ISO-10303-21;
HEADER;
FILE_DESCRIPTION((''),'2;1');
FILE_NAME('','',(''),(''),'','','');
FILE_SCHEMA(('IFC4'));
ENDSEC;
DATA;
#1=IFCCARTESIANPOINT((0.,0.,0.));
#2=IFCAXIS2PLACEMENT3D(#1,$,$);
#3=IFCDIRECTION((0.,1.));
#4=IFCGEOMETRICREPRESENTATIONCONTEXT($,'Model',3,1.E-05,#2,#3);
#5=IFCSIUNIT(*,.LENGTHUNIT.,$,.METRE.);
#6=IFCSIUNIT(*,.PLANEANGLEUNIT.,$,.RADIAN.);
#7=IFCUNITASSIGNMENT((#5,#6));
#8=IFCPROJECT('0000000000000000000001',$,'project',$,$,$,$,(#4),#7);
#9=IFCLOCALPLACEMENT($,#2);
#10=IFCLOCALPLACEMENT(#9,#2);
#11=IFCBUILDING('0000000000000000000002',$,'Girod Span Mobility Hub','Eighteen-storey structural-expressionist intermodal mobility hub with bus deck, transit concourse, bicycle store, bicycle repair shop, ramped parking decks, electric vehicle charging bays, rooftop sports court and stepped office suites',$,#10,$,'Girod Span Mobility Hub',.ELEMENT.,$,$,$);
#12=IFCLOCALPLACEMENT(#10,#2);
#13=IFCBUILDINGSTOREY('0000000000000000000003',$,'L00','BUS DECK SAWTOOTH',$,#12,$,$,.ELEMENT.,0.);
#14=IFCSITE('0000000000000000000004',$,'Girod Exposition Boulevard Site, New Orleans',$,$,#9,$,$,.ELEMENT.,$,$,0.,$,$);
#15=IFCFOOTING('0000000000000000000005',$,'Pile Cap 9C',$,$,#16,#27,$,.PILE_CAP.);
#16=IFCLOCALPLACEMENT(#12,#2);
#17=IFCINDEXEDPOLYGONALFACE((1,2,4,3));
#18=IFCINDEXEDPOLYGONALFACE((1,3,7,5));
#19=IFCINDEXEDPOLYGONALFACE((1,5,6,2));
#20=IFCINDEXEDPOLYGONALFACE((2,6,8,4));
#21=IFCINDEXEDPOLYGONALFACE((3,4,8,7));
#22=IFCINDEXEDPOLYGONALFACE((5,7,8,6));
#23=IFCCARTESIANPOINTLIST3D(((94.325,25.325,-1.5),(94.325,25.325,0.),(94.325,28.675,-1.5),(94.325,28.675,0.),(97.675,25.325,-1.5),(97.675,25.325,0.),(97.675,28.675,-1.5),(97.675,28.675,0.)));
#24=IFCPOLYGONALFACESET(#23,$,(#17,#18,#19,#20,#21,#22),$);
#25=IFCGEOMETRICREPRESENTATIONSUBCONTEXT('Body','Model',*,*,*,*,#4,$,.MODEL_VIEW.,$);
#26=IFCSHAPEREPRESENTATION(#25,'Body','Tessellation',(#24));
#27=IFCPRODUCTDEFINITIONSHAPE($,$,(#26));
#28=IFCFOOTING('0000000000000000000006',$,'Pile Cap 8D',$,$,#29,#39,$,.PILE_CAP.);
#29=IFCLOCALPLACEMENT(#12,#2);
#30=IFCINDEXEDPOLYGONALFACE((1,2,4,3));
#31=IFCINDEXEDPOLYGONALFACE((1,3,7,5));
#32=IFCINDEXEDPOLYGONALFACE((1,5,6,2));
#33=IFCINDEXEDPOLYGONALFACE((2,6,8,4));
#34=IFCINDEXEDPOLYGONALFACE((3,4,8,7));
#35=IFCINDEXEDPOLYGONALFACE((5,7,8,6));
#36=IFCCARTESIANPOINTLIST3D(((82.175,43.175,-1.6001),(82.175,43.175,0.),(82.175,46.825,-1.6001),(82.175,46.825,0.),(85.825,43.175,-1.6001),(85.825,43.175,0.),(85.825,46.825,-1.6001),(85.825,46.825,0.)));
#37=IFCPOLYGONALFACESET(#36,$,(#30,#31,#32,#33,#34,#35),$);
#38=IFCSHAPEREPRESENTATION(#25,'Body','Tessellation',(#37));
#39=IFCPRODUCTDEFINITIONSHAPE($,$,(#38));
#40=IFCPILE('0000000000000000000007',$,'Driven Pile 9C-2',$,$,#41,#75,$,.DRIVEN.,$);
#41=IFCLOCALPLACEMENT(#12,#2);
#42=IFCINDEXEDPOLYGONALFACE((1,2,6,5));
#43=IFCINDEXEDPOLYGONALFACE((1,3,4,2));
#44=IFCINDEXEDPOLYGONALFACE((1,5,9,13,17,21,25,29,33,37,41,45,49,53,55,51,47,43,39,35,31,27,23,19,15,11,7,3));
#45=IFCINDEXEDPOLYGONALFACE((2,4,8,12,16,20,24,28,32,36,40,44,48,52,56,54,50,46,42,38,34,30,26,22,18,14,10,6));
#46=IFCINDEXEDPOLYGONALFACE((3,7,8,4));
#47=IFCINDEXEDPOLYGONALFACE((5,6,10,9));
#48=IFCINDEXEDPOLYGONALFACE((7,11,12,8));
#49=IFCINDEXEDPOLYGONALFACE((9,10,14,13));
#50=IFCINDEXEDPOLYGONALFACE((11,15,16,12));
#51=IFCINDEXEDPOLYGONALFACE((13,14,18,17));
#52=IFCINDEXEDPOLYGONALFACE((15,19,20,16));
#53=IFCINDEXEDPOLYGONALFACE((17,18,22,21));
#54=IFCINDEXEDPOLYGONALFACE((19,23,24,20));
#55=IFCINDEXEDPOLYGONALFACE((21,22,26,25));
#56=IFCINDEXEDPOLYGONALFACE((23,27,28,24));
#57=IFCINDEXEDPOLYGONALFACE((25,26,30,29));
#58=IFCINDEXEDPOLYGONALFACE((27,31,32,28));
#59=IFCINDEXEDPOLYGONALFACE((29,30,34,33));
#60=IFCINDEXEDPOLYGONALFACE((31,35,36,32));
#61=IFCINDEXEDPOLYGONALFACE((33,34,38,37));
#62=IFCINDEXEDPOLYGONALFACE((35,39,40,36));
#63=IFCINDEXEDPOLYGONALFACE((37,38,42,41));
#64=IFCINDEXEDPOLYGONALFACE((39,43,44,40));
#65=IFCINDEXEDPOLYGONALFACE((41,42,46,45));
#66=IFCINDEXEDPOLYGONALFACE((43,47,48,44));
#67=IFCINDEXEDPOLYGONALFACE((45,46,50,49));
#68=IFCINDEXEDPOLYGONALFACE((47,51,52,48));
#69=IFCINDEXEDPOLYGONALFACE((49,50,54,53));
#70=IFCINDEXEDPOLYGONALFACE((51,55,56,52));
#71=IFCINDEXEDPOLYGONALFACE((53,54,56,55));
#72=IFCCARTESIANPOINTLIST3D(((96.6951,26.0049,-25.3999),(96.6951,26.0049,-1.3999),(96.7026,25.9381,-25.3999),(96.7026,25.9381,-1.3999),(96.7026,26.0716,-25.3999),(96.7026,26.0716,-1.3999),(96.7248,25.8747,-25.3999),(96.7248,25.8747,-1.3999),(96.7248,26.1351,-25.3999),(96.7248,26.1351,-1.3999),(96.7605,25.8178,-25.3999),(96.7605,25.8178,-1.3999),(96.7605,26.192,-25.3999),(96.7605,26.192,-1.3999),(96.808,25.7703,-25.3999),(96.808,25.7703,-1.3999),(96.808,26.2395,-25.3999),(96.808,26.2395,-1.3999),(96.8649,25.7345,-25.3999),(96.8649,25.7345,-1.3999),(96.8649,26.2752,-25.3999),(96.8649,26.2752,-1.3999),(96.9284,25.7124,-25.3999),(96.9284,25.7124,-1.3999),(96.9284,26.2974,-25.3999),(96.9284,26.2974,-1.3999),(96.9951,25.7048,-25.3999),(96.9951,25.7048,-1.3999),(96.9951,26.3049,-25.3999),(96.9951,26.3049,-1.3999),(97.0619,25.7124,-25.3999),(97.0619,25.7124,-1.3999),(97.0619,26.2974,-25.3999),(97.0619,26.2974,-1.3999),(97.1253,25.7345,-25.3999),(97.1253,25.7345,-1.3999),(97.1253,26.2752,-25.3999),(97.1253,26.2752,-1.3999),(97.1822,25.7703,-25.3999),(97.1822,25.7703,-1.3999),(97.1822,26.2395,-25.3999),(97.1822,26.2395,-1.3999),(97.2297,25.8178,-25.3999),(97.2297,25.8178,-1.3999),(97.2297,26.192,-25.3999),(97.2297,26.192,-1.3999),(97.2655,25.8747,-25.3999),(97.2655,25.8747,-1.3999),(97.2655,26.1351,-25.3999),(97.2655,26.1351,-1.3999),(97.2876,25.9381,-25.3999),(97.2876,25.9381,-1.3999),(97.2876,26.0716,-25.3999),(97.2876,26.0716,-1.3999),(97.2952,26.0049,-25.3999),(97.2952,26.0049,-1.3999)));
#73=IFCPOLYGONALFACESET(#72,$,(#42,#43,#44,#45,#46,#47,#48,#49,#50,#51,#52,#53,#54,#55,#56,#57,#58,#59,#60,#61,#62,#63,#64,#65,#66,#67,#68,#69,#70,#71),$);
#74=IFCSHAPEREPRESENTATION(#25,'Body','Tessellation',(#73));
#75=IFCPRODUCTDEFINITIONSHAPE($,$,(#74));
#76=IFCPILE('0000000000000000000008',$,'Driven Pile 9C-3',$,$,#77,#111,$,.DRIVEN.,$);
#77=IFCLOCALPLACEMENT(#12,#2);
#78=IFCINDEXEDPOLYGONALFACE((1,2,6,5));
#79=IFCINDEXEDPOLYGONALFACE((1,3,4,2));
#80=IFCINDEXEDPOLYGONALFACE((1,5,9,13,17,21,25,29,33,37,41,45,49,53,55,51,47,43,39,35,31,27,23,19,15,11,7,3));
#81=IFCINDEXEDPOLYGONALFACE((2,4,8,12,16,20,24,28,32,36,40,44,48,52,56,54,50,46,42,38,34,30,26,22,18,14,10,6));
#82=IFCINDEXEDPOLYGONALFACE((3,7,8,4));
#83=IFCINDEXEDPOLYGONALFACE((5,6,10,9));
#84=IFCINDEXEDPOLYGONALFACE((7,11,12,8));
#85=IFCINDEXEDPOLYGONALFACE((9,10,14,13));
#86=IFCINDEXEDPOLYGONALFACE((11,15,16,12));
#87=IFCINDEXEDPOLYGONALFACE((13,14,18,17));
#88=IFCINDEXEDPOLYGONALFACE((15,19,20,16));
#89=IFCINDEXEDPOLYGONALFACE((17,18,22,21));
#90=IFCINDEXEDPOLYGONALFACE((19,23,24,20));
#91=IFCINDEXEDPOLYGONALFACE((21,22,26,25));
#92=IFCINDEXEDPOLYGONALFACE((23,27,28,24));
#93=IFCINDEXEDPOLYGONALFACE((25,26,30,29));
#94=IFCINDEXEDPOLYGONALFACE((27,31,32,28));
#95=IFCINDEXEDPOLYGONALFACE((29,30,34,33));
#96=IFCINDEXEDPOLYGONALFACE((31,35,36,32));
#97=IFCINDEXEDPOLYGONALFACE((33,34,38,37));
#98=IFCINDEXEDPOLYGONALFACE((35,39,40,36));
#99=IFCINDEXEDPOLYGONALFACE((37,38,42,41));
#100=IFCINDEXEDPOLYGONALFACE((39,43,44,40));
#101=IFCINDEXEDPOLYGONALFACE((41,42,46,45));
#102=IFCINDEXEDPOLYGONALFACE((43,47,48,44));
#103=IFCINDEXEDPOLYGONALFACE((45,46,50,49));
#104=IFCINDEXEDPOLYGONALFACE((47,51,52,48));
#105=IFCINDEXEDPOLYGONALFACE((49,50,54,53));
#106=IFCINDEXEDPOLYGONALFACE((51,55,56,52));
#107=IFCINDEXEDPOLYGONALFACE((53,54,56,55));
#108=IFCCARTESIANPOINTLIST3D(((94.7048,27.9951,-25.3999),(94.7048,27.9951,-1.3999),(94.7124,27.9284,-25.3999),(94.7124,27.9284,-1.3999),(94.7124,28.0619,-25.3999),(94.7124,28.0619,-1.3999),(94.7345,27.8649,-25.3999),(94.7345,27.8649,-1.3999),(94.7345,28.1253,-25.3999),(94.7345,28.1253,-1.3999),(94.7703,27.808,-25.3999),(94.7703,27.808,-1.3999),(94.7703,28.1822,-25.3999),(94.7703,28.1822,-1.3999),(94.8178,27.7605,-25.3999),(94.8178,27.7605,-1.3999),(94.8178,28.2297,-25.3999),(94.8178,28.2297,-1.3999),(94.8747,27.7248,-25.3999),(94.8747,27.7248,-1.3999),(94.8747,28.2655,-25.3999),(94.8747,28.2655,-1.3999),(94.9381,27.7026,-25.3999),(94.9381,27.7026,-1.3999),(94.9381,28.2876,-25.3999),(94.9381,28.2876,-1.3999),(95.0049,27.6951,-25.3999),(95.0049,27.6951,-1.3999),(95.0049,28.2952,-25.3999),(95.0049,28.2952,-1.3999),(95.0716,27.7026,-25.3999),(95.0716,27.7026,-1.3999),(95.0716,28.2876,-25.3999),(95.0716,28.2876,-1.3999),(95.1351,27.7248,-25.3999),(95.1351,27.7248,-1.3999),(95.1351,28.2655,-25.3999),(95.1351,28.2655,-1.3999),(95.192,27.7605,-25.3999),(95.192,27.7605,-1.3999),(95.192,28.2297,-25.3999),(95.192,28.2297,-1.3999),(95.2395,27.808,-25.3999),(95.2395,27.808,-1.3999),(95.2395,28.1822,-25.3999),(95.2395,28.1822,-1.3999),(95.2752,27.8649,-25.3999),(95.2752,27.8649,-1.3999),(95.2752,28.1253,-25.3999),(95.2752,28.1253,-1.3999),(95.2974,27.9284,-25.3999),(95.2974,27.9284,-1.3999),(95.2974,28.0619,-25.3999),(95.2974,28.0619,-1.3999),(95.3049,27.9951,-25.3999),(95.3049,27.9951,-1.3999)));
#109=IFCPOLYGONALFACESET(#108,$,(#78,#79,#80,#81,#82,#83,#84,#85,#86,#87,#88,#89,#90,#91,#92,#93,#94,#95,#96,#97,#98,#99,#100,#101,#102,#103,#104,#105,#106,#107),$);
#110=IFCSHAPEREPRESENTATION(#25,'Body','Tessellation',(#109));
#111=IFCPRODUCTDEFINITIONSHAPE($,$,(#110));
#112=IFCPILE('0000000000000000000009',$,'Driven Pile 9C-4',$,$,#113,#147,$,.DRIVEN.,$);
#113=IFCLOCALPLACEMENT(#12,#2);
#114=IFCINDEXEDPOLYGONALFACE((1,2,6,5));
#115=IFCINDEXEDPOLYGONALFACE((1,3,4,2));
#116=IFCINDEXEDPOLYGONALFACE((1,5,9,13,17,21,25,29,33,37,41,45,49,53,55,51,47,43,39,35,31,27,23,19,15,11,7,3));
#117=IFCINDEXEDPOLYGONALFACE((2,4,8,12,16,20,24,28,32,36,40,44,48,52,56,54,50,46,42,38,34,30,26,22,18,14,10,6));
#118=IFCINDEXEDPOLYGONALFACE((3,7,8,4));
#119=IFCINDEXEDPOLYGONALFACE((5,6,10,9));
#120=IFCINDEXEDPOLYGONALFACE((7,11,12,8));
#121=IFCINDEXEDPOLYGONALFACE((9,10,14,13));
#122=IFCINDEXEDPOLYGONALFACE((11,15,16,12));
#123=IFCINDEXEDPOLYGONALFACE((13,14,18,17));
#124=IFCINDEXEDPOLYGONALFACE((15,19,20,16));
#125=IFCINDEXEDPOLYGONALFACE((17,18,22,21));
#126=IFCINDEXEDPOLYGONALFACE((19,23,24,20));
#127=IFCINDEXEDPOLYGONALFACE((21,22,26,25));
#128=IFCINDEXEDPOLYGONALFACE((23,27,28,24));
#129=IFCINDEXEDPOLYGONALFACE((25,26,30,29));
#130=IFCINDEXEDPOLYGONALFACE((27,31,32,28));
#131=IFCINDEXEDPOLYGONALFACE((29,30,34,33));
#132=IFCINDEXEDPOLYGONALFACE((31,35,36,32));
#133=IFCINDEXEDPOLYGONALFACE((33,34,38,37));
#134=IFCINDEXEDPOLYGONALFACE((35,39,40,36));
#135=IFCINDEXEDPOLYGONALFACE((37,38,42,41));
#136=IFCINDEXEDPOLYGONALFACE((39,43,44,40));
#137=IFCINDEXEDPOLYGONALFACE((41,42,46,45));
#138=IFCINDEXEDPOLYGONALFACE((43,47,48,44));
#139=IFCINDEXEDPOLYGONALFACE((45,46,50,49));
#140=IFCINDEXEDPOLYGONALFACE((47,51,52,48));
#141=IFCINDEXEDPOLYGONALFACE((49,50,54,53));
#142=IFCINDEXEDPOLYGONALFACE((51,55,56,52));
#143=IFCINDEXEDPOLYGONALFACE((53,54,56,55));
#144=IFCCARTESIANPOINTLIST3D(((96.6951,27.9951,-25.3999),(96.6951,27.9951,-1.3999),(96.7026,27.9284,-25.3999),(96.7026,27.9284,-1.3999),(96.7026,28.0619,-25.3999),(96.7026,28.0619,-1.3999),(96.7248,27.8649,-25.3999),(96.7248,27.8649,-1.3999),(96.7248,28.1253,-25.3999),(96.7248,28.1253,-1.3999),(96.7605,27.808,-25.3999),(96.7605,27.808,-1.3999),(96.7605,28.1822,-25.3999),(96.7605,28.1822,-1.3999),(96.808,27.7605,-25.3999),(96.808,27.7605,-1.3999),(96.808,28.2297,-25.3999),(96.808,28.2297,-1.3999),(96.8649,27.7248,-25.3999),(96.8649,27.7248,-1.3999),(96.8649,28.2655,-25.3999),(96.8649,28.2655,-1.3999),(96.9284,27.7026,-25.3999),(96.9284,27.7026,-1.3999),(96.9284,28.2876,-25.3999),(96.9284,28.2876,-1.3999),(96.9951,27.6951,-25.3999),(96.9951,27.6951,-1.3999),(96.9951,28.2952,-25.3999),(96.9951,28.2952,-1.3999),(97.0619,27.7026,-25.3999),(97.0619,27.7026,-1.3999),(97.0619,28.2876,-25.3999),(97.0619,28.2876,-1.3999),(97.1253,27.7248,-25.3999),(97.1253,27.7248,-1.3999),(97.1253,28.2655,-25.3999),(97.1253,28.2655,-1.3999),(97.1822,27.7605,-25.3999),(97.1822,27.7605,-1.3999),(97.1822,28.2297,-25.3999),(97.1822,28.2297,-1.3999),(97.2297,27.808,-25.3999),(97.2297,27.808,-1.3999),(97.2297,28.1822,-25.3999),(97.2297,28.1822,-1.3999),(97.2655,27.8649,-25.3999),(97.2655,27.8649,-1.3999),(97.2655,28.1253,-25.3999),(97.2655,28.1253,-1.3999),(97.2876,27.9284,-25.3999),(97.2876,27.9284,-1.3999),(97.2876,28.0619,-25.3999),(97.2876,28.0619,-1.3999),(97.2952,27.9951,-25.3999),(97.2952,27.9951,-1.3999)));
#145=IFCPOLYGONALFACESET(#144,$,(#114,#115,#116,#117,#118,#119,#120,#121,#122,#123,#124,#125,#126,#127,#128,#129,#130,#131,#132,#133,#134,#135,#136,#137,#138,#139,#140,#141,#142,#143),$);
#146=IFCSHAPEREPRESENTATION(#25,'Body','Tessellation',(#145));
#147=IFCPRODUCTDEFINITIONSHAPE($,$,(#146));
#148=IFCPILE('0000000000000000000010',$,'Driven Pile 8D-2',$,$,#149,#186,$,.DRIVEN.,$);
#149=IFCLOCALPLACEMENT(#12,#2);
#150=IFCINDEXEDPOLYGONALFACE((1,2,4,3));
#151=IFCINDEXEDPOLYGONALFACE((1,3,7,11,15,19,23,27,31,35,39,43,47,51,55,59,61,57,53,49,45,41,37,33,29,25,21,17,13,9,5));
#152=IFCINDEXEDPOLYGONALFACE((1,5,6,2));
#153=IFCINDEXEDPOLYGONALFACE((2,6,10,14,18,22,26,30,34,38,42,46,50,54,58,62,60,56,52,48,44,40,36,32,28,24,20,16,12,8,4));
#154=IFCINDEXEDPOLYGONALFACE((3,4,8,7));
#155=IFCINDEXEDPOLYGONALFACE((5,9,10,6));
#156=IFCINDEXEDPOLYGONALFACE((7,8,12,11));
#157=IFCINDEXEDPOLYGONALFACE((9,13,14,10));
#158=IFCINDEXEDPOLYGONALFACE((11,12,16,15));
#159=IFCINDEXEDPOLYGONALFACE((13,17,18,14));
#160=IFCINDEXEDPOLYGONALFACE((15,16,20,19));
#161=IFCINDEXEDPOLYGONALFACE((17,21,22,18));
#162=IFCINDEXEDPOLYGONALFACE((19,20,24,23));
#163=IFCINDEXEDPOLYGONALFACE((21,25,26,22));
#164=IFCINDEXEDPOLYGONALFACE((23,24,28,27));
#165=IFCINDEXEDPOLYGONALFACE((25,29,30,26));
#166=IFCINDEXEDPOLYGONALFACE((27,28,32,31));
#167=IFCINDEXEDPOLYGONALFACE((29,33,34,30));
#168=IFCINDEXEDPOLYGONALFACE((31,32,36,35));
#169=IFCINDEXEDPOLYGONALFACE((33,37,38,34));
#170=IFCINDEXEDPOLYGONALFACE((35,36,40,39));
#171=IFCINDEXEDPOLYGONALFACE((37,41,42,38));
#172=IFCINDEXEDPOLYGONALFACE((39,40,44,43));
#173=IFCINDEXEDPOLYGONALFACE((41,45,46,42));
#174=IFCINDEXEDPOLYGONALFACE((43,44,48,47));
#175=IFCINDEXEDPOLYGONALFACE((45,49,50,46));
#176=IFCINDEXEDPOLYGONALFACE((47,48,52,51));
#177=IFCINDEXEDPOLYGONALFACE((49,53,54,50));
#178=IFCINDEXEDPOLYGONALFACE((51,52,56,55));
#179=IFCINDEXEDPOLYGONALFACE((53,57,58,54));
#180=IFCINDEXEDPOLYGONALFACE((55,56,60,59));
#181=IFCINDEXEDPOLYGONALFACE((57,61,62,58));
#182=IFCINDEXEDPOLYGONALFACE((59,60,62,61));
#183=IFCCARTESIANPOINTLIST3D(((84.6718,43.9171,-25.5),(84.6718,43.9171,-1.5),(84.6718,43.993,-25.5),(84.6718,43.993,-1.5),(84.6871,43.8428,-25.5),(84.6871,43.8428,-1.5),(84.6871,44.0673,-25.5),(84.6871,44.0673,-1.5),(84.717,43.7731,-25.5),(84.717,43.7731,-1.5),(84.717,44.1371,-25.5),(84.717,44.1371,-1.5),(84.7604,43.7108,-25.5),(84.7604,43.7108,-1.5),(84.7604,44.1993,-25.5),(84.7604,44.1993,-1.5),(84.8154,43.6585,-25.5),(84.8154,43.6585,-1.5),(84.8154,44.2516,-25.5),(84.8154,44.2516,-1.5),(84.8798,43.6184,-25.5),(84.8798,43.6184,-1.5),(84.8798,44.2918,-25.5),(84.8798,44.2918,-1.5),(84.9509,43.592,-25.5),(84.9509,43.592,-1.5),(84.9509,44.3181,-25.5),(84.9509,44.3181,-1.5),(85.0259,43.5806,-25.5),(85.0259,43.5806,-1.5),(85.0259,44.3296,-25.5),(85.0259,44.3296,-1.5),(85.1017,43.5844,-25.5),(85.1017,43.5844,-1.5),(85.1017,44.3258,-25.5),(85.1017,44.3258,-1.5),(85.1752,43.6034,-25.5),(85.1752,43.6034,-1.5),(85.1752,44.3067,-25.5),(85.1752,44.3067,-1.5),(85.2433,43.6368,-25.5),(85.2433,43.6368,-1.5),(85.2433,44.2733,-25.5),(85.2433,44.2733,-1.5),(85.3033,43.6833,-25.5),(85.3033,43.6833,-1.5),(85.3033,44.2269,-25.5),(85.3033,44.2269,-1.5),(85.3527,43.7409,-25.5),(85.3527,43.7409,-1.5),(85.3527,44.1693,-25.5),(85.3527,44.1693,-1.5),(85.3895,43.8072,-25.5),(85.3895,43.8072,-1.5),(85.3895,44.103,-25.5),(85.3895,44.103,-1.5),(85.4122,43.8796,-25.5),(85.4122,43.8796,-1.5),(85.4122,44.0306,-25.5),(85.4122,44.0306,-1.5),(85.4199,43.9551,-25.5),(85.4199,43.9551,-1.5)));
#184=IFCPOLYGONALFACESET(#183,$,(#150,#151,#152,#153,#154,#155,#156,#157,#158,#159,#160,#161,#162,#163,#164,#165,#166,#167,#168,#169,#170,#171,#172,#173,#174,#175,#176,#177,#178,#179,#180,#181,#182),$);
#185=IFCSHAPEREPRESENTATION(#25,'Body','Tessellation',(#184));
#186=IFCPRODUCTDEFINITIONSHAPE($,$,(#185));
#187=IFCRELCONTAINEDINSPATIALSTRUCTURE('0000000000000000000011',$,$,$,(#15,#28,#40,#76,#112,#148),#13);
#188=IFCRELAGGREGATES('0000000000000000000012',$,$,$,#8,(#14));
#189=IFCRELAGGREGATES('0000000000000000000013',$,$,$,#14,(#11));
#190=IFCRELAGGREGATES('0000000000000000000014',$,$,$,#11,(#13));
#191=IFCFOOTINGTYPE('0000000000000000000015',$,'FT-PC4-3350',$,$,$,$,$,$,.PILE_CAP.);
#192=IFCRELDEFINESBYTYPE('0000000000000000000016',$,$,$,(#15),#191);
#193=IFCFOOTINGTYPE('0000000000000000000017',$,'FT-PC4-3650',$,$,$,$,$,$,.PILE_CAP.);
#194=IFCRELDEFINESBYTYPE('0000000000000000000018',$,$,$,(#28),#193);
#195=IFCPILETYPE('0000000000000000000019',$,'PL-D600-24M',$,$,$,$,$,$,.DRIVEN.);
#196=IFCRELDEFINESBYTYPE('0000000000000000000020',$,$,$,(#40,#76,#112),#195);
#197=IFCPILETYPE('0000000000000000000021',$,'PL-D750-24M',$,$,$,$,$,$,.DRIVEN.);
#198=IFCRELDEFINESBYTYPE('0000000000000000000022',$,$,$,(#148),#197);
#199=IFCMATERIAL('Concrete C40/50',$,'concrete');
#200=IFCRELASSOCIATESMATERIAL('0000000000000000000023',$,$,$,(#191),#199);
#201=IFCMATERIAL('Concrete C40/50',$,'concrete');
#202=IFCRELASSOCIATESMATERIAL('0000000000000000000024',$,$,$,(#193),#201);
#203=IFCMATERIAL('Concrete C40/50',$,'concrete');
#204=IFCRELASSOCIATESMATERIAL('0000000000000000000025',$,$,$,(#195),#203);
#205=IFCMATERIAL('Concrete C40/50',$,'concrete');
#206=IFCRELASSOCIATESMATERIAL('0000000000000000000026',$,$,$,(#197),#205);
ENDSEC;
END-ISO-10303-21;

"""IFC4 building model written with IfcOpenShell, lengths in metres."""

from ifc_helpers import new_model, si_unit, direction, frame, origin, origin_2d, place, context, subcontext, project, spatial, rectangle, circle, extrude, material, material_profile, profile_set, type_object, element, save


model = new_model("IFC4")

# Units and contexts
model_context = context("Model", 3, precision=1e-05, world=origin(), true_north=direction((0.0, 1.0)))
body_context = subcontext(model_context, "Body", "Model", "MODEL_VIEW")
ifc_project = project(units=[si_unit("LENGTHUNIT", "METRE"), si_unit("PLANEANGLEUNIT", "RADIAN")], contexts=[model_context])

# Site, building, storey
site_placement = place(None, origin())
site = spatial("IfcSite", under=ifc_project, at=site_placement, Name="Girod Exposition Boulevard Site, New Orleans", CompositionType="ELEMENT", RefElevation=0.0)
building_placement = place(site_placement, origin())
building = spatial("IfcBuilding", under=site, at=building_placement, Name="Girod Span Mobility Hub", Description="Eighteen-storey structural-expressionist intermodal mobility hub with bus deck, transit concourse, bicycle store, bicycle repair shop, ramped parking decks, electric vehicle charging bays, rooftop sports court and stepped office suites", LongName="Girod Span Mobility Hub", CompositionType="ELEMENT")
storey_placement = place(building_placement, origin())
storey = spatial("IfcBuildingStorey", under=building, at=storey_placement, Name="L00", Description="BUS DECK SAWTOOTH", CompositionType="ELEMENT", Elevation=0.0)

# Footings
ifc_material_1 = material(Name="Concrete C40/50", Category="concrete")
footing_type_1 = type_object("IfcFootingType", Name="FT-PC4-3350", PredefinedType="PILE_CAP", material=ifc_material_1)
footing_1_placement = place(storey_placement, frame((96.0, 27.0, -1.5), z_axis=(0.0, 0.0, 1.0), x_axis=(1.0, 0.0, 0.0)))
element("IfcFooting", 1, at=footing_1_placement, inside=storey, type_object=footing_type_1, Name="Pile Cap 9C", PredefinedType="PILE_CAP", context=body_context, shape_type="SweptSolid", body=[
    extrude(rectangle(XDim=3.3501, YDim=3.3501, at=origin_2d()), origin(), (0.0, 0.0, 1.0), 1.5),
])
ifc_material_2 = material(Name="Concrete C40/50", Category="concrete")
footing_type_2 = type_object("IfcFootingType", Name="FT-PC4-3650", PredefinedType="PILE_CAP", material=ifc_material_2)
footing_2_placement = place(storey_placement, frame((84.0, 45.0, -1.6001), z_axis=(0.0, 0.0, 1.0), x_axis=(1.0, 0.0, 0.0)))
element("IfcFooting", 2, at=footing_2_placement, inside=storey, type_object=footing_type_2, Name="Pile Cap 8D", PredefinedType="PILE_CAP", context=body_context, shape_type="SweptSolid", body=[
    extrude(rectangle(XDim=3.6499, YDim=3.6499, at=origin_2d()), origin(), (0.0, 0.0, 1.0), 1.6001),
])

# Piles
ifc_material_3 = material(Name="Concrete C40/50", Category="concrete")
ifc_material_profile_1 = material_profile(ifc_material_3, circle(Radius=0.3, at=origin_2d()), Name="PILE-D600")
ifc_profile_set_1 = profile_set([ifc_material_profile_1], Name="Concrete C40/50")
pile_type_1 = type_object("IfcPileType", Name="PL-D600-24M", PredefinedType="DRIVEN", material=ifc_profile_set_1)
for number, where, z_axis, x_axis, name in (
    (3, (96.9951, 26.0049, -1.3999), (0.0, 0.0, -1.0), (1.0, 0.0, 0.0), "Driven Pile 9C-2"),
    (4, (95.0049, 27.9951, -1.3999), (0.0, 0.0, -1.0), (1.0, 0.0, 0.0), "Driven Pile 9C-3"),
    (5, (96.9951, 27.9951, -1.3999), (0.0, 0.0, -1.0), (1.0, 0.0, 0.0), "Driven Pile 9C-4"),
):
    element("IfcPile", number, at=place(storey_placement, frame(where, z_axis=z_axis, x_axis=x_axis)), inside=storey, type_object=pile_type_1, Name=name, PredefinedType="DRIVEN", context=body_context, shape_type="SweptSolid", body=[
        extrude(circle(Radius=0.3, at=origin_2d()), origin(), (0.0, 0.0, 1.0), 24.0),
    ])
ifc_material_4 = material(Name="Concrete C40/50", Category="concrete")
ifc_material_profile_2 = material_profile(ifc_material_4, circle(Radius=0.375, at=origin_2d()), Name="PILE-D750")
ifc_profile_set_2 = profile_set([ifc_material_profile_2], Name="Concrete C40/50")
pile_type_2 = type_object("IfcPileType", Name="PL-D750-24M", PredefinedType="DRIVEN", material=ifc_profile_set_2)
for number, where, z_axis, x_axis, name in (
    (6, (85.0449, 43.9551, -1.5), (0.0, 0.0, -1.0), (1.0, 0.0, 0.0), "Driven Pile 8D-2"),
):
    element("IfcPile", number, at=place(storey_placement, frame(where, z_axis=z_axis, x_axis=x_axis)), inside=storey, type_object=pile_type_2, Name=name, PredefinedType="DRIVEN", context=body_context, shape_type="SweptSolid", body=[
        extrude(circle(Radius=0.375, at=origin_2d()), origin(), (0.0, 0.0, 1.0), 24.0),
    ])

save(model, "model.ifc")
